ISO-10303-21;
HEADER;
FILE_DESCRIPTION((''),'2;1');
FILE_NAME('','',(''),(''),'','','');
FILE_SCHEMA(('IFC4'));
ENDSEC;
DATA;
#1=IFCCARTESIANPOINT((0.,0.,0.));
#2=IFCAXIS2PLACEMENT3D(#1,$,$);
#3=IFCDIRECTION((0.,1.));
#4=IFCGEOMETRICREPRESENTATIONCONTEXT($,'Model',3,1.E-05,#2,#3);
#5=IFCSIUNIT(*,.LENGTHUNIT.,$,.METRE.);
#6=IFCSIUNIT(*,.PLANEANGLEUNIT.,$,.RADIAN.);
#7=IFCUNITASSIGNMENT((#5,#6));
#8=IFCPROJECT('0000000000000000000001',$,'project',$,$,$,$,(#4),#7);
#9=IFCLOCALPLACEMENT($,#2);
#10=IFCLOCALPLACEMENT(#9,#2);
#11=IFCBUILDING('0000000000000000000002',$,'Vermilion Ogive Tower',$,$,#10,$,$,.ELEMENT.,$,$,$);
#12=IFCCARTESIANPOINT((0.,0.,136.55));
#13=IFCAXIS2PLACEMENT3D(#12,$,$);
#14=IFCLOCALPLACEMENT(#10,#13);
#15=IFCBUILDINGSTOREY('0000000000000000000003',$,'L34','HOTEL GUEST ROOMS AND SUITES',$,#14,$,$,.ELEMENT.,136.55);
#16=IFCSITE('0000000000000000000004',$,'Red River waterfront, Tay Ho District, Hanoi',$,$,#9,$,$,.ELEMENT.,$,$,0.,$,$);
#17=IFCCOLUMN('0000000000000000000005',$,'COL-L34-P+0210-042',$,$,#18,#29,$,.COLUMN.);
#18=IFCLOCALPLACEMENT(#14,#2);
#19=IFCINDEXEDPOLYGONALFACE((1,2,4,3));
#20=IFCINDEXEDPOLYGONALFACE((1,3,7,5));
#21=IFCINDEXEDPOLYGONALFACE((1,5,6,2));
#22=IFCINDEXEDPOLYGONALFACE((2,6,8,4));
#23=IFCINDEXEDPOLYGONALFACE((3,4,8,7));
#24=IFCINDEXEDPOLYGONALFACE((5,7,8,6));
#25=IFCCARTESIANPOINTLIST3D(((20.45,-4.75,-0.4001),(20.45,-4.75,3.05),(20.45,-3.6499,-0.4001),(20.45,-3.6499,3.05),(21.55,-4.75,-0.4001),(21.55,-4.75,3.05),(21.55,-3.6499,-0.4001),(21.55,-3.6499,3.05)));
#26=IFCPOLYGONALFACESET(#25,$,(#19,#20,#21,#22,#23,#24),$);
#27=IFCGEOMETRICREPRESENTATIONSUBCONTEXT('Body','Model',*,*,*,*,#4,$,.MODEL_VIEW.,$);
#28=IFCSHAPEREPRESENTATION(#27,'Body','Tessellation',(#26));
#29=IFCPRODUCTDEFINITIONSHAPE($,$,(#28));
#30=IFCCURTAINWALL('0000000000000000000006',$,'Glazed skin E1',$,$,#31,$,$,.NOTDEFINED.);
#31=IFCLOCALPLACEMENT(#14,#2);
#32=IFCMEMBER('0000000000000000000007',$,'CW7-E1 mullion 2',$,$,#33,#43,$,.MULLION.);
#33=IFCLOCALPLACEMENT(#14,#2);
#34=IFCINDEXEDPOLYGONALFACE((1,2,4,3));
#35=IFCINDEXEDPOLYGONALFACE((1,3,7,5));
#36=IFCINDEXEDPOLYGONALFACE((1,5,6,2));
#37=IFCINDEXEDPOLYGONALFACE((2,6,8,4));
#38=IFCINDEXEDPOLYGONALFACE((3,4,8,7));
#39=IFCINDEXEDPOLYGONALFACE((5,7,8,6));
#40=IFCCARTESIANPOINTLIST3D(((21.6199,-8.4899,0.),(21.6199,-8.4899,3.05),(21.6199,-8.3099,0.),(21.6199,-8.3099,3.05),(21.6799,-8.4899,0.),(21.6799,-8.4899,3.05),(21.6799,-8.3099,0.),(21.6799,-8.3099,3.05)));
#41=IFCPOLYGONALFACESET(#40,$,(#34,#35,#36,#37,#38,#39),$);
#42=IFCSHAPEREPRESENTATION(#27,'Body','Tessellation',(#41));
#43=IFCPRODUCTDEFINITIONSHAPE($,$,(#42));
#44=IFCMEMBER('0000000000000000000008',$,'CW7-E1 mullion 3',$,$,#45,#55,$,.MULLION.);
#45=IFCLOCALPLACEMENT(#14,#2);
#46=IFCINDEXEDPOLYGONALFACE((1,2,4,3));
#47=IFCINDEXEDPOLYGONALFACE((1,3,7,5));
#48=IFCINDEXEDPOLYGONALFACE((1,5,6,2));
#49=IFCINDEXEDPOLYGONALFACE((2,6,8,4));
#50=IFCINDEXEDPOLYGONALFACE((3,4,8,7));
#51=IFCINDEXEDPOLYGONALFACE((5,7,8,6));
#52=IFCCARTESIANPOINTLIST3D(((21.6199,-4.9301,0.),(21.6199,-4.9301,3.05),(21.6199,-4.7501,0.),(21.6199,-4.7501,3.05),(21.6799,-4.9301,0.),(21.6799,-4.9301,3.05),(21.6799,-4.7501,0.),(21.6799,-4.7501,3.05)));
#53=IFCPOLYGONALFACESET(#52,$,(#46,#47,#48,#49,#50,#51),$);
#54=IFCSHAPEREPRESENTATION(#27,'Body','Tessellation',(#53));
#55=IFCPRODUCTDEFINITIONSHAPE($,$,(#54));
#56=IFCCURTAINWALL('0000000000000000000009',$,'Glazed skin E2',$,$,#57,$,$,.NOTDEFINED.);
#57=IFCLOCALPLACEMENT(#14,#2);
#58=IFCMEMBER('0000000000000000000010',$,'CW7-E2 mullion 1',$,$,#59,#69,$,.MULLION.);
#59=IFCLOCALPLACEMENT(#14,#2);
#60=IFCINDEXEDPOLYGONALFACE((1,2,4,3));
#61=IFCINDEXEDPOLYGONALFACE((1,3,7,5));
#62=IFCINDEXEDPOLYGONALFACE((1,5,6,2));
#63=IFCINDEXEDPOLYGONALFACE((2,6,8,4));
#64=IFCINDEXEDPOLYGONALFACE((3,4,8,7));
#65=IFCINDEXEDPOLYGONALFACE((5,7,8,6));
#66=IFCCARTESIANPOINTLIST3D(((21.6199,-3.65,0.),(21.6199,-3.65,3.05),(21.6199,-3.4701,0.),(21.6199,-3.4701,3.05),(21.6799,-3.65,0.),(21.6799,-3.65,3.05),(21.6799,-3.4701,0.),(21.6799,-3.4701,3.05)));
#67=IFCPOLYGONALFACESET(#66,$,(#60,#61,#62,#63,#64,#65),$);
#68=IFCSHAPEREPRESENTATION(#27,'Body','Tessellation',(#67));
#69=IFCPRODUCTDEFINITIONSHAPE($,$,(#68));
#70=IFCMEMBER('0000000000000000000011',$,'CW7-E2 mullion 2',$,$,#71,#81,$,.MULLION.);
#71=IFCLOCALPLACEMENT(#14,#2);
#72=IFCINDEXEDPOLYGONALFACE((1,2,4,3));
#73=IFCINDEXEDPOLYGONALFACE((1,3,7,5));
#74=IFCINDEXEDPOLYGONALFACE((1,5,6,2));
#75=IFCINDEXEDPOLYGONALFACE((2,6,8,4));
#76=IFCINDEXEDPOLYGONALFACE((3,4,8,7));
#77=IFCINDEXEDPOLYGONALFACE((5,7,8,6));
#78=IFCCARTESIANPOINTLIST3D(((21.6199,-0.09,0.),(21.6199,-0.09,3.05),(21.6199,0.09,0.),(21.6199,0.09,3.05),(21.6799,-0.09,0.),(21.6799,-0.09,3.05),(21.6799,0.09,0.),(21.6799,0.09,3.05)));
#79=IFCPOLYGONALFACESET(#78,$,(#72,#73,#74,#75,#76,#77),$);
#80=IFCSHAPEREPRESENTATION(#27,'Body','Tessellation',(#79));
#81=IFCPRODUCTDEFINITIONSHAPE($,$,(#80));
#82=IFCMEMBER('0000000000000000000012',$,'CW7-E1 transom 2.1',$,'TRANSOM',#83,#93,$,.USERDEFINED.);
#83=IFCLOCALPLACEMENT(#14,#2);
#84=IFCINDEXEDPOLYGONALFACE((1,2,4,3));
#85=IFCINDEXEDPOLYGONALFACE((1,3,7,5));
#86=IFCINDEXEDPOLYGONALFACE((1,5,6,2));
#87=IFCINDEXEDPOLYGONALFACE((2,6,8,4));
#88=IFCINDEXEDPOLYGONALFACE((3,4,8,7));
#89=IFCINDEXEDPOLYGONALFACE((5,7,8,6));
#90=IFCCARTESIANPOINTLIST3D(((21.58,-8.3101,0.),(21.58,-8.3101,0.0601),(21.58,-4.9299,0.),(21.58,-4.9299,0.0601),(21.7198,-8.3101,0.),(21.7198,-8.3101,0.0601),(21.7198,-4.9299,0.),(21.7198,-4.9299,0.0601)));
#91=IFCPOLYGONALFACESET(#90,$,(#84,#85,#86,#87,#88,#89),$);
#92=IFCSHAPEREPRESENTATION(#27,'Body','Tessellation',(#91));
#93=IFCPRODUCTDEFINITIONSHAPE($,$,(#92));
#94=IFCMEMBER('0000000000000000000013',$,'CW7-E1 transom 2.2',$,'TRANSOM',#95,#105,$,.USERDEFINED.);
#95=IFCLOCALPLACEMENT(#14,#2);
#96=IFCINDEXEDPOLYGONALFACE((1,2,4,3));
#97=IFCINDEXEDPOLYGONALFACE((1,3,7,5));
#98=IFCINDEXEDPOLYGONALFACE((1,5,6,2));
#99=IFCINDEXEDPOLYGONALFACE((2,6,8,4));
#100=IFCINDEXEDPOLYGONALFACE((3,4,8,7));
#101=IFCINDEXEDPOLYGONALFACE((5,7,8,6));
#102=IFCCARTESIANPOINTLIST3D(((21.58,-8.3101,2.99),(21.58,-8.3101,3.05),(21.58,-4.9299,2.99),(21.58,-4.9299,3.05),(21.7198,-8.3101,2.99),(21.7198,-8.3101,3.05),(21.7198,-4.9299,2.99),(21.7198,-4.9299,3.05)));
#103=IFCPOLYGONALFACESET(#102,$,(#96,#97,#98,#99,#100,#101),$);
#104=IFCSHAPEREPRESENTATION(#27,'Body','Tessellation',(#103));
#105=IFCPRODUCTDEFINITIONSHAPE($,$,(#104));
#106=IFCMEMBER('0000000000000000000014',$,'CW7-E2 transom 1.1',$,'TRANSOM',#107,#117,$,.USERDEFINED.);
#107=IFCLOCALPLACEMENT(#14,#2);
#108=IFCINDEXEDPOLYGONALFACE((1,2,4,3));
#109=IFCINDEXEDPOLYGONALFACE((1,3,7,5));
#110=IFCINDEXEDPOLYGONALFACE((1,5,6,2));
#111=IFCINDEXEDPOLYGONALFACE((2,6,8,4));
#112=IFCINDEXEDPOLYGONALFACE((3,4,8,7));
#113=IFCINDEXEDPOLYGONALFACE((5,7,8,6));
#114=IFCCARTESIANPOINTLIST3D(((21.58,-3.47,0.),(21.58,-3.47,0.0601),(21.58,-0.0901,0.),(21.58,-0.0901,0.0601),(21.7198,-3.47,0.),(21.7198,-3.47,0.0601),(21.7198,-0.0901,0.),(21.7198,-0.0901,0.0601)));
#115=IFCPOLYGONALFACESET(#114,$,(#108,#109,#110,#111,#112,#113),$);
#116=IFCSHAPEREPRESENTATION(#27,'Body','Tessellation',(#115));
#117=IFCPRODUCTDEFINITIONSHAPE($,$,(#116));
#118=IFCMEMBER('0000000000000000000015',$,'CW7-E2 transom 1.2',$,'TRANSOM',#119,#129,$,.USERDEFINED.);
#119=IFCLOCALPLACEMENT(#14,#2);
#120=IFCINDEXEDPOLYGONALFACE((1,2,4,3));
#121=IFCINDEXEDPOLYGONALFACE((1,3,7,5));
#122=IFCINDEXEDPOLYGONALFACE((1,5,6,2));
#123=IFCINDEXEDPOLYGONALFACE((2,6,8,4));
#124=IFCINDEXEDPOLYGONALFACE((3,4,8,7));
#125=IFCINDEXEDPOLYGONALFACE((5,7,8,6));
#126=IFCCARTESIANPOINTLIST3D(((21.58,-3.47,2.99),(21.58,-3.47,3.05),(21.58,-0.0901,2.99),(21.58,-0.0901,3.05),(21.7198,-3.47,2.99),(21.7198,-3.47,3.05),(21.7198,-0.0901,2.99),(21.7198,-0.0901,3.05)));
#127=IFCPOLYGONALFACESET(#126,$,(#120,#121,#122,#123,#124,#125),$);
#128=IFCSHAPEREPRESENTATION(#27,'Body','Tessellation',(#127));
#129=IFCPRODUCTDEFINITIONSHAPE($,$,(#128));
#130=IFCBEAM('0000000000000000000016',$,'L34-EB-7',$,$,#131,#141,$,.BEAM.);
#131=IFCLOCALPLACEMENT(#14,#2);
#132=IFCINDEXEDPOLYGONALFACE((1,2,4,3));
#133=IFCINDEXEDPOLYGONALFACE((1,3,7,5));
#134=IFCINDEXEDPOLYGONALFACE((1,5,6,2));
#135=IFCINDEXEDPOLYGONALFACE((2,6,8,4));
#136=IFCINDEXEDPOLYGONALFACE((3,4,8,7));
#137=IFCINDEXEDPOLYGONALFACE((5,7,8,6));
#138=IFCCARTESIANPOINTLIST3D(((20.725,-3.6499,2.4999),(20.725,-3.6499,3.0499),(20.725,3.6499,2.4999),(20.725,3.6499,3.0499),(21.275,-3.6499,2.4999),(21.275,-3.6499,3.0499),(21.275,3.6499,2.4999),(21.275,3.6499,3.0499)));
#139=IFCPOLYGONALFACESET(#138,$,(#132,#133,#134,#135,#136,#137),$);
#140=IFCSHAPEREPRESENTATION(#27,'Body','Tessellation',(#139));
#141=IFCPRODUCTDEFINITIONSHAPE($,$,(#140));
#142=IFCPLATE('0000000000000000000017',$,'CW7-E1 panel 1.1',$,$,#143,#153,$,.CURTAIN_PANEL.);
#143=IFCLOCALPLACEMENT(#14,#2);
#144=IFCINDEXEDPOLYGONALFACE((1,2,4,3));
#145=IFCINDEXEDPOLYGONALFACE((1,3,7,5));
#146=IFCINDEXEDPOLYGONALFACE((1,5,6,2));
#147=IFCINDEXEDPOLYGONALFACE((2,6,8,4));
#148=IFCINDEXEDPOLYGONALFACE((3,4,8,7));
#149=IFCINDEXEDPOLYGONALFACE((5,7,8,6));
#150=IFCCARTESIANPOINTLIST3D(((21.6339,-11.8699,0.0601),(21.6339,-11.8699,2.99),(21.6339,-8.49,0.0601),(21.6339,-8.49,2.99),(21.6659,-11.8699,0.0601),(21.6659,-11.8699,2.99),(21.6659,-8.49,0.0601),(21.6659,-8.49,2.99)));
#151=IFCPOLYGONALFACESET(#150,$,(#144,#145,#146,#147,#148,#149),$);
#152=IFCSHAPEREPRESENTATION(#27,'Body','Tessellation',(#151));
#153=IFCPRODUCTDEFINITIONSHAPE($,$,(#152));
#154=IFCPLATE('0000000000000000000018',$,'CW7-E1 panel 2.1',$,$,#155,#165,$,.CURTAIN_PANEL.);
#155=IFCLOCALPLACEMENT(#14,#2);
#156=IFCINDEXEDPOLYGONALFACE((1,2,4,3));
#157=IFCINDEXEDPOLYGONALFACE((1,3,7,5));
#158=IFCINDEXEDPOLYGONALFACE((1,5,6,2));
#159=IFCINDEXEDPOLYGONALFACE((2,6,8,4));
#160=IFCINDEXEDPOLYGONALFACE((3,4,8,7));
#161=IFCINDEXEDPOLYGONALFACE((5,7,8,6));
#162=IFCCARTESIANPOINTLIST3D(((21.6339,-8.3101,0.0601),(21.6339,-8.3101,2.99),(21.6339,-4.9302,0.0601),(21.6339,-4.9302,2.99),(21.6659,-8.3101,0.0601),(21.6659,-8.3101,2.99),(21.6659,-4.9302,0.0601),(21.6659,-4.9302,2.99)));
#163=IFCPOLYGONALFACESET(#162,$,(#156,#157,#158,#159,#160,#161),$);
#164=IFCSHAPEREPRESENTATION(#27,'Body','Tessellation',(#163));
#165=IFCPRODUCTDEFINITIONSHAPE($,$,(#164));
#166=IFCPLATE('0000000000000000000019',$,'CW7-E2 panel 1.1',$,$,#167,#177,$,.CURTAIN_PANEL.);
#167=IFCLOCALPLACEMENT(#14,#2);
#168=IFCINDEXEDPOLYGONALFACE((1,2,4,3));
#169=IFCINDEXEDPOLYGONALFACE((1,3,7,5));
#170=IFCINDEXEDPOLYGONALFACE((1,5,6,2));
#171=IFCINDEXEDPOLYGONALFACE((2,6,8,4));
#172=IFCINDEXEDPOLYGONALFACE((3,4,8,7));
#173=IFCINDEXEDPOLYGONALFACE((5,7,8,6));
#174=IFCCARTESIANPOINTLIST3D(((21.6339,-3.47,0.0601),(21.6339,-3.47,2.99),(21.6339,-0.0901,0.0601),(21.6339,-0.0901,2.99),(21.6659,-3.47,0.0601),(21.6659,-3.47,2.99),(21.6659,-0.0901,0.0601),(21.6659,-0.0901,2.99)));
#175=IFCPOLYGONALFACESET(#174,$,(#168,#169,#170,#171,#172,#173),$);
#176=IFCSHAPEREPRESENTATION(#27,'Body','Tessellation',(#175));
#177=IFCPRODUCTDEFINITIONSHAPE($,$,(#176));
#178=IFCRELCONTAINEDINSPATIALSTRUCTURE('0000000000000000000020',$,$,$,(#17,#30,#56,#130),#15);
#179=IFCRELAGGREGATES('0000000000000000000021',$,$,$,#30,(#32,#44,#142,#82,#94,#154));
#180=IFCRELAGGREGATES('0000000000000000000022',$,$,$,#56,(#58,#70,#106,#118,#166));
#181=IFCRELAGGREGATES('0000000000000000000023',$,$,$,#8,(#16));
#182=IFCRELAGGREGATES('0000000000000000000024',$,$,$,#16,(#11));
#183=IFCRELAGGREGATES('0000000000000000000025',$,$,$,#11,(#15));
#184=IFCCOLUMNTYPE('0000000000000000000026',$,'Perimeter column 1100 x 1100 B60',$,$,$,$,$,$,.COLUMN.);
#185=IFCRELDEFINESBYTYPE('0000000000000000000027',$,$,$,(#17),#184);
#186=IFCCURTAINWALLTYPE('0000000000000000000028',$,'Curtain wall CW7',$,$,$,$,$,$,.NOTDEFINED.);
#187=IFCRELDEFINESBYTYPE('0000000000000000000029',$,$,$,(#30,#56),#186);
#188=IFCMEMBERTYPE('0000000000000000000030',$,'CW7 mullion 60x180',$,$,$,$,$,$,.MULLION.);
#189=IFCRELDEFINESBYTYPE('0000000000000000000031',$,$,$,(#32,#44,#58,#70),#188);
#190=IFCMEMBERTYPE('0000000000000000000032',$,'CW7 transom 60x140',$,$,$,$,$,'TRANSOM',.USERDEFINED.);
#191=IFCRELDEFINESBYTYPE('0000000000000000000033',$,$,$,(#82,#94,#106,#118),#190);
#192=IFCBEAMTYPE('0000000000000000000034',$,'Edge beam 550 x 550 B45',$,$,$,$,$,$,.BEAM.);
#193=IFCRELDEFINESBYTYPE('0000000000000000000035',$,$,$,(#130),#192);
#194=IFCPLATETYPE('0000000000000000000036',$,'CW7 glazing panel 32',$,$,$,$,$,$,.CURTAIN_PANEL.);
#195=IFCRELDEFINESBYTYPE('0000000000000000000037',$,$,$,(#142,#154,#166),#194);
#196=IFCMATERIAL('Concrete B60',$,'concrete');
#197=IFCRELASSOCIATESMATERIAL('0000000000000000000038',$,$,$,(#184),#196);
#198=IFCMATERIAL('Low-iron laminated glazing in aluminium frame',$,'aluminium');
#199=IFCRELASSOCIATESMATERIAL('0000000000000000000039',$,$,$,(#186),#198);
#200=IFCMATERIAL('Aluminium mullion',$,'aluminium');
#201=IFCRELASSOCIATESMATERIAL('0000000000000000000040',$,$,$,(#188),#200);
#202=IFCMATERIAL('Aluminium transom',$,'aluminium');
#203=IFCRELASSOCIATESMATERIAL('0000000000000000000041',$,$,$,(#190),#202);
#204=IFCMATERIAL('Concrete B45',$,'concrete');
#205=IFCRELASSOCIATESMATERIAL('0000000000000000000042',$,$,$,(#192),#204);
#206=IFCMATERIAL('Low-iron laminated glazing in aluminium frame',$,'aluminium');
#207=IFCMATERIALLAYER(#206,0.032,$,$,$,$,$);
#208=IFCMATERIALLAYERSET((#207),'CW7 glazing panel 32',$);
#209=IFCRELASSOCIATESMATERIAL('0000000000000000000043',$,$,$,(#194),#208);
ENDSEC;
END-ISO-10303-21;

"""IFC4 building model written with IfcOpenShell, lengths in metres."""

from ifc_helpers import new_model, si_unit, direction, frame, origin, origin_2d, place, context, subcontext, project, spatial, rectangle, extrude, material, layer, layer_set, material_profile, profile_set, type_object, element, aggregate, save


model = new_model("IFC4")

# Units and contexts
model_context = context("Model", 3, precision=1e-05, world=origin(), true_north=direction((0.0, 1.0)))
body_context = subcontext(model_context, "Body", "Model", "MODEL_VIEW")
ifc_project = project(units=[si_unit("LENGTHUNIT", "METRE"), si_unit("PLANEANGLEUNIT", "RADIAN")], contexts=[model_context])

# Site, building, storey
site_placement = place(None, origin())
site = spatial("IfcSite", under=ifc_project, at=site_placement, Name="Red River waterfront, Tay Ho District, Hanoi", CompositionType="ELEMENT", RefElevation=0.0)
building_placement = place(site_placement, origin())
building = spatial("IfcBuilding", under=site, at=building_placement, Name="Vermilion Ogive Tower", CompositionType="ELEMENT")
storey_placement = place(building_placement, frame((0.0, 0.0, 136.55)))
storey = spatial("IfcBuildingStorey", under=building, at=storey_placement, Name="L34", Description="HOTEL GUEST ROOMS AND SUITES", CompositionType="ELEMENT", Elevation=136.55)

# Column
ifc_material_1 = material(Name="Concrete B60", Category="concrete")
ifc_material_profile_1 = material_profile(ifc_material_1, rectangle(XDim=1.1001, YDim=1.1001, at=origin_2d()), Name="1100 x 1100")
ifc_profile_set_1 = profile_set([ifc_material_profile_1], Name="Concrete B60")
column_type = type_object("IfcColumnType", Name="Perimeter column 1100 x 1100 B60", PredefinedType="COLUMN", material=ifc_profile_set_1)
column_placement = place(storey_placement, frame((21.0, -4.2, -0.4001), z_axis=(0.0, 0.0, 1.0), x_axis=(1.0, 0.0, 0.0)))
element("IfcColumn", 1, at=column_placement, inside=storey, type_object=column_type, Name="COL-L34-P+0210-042", PredefinedType="COLUMN", context=body_context, shape_type="SweptSolid", body=[
    extrude(rectangle(XDim=1.1001, YDim=1.1001, at=origin_2d()), origin(), (0.0, 0.0, 1.0), 3.4502),
])

# Curtain walls, members
ifc_material_2 = material(Name="Low-iron laminated glazing in aluminium frame", Category="aluminium")
curtain_wall_type = type_object("IfcCurtainWallType", Name="Curtain wall CW7", PredefinedType="NOTDEFINED", material=ifc_material_2)
curtain_wall_1_placement = place(storey_placement, origin())
curtain_wall_1 = element("IfcCurtainWall", 2, at=curtain_wall_1_placement, inside=storey, type_object=curtain_wall_type, Name="Glazed skin E1", PredefinedType="NOTDEFINED")
ifc_material_3 = material(Name="Aluminium mullion", Category="aluminium")
ifc_material_profile_2 = material_profile(ifc_material_3, rectangle(XDim=0.0601, YDim=0.1799, at=origin_2d()), Name="AL 60x180")
ifc_profile_set_2 = profile_set([ifc_material_profile_2], Name="Aluminium mullion")
member_type_1 = type_object("IfcMemberType", Name="CW7 mullion 60x180", PredefinedType="MULLION", material=ifc_profile_set_2)
member_1_placement = place(storey_placement, frame((21.6499, -8.3999, 0.0), z_axis=(0.0, 0.0, 1.0), x_axis=(-1.0, 0.0, 0.0)))
member_1 = element("IfcMember", 3, at=member_1_placement, type_object=member_type_1, Name="CW7-E1 mullion 2", PredefinedType="MULLION", context=body_context, shape_type="SweptSolid", body=[
    extrude(rectangle(XDim=0.0601, YDim=0.1799, at=origin_2d()), origin(), (0.0, 0.0, 1.0), 3.05),
])
member_2_placement = place(storey_placement, frame((21.6499, -4.8401, 0.0), z_axis=(0.0, 0.0, 1.0), x_axis=(-1.0, 0.0, 0.0)))
member_2 = element("IfcMember", 4, at=member_2_placement, type_object=member_type_1, Name="CW7-E1 mullion 3", PredefinedType="MULLION", context=body_context, shape_type="SweptSolid", body=[
    extrude(rectangle(XDim=0.0601, YDim=0.1799, at=origin_2d()), origin(), (0.0, 0.0, 1.0), 3.05),
])
curtain_wall_2_placement = place(storey_placement, origin())
curtain_wall_2 = element("IfcCurtainWall", 5, at=curtain_wall_2_placement, inside=storey, type_object=curtain_wall_type, Name="Glazed skin E2", PredefinedType="NOTDEFINED")
member_3_placement = place(storey_placement, frame((21.6499, -3.5601, 0.0), z_axis=(0.0, 0.0, 1.0), x_axis=(-1.0, 0.0, 0.0)))
member_3 = element("IfcMember", 6, at=member_3_placement, type_object=member_type_1, Name="CW7-E2 mullion 1", PredefinedType="MULLION", context=body_context, shape_type="SweptSolid", body=[
    extrude(rectangle(XDim=0.0601, YDim=0.1799, at=origin_2d()), origin(), (0.0, 0.0, 1.0), 3.05),
])
member_4_placement = place(storey_placement, frame((21.6499, 0.0, 0.0), z_axis=(0.0, 0.0, 1.0), x_axis=(-1.0, 0.0, 0.0)))
member_4 = element("IfcMember", 7, at=member_4_placement, type_object=member_type_1, Name="CW7-E2 mullion 2", PredefinedType="MULLION", context=body_context, shape_type="SweptSolid", body=[
    extrude(rectangle(XDim=0.0601, YDim=0.1799, at=origin_2d()), origin(), (0.0, 0.0, 1.0), 3.05),
])

# Members
ifc_material_4 = material(Name="Aluminium transom", Category="aluminium")
ifc_material_profile_3 = material_profile(ifc_material_4, rectangle(XDim=0.1399, YDim=0.0601, at=origin_2d()), Name="AL 60x140")
ifc_profile_set_3 = profile_set([ifc_material_profile_3], Name="Aluminium transom")
member_type_2 = type_object("IfcMemberType", Name="CW7 transom 60x140", ElementType="TRANSOM", PredefinedType="USERDEFINED", material=ifc_profile_set_3)
member_5_placement = place(storey_placement, frame((21.6499, -8.3101, 0.03), z_axis=(0.0, 1.0, 0.0), x_axis=(-1.0, 0.0, 0.0)))
member_5 = element("IfcMember", 8, at=member_5_placement, type_object=member_type_2, Name="CW7-E1 transom 2.1", ObjectType="TRANSOM", PredefinedType="USERDEFINED", context=body_context, shape_type="SweptSolid", body=[
    extrude(rectangle(XDim=0.1399, YDim=0.0601, at=origin_2d()), origin(), (0.0, 0.0, 1.0), 3.3801),
])
member_6_placement = place(storey_placement, frame((21.6499, -8.3101, 3.02), z_axis=(0.0, 1.0, 0.0), x_axis=(-1.0, 0.0, 0.0)))
member_6 = element("IfcMember", 9, at=member_6_placement, type_object=member_type_2, Name="CW7-E1 transom 2.2", ObjectType="TRANSOM", PredefinedType="USERDEFINED", context=body_context, shape_type="SweptSolid", body=[
    extrude(rectangle(XDim=0.1399, YDim=0.0601, at=origin_2d()), origin(), (0.0, 0.0, 1.0), 3.3801),
])
member_7_placement = place(storey_placement, frame((21.6499, -3.47, 0.03), z_axis=(0.0, 1.0, 0.0), x_axis=(-1.0, 0.0, 0.0)))
member_7 = element("IfcMember", 10, at=member_7_placement, type_object=member_type_2, Name="CW7-E2 transom 1.1", ObjectType="TRANSOM", PredefinedType="USERDEFINED", context=body_context, shape_type="SweptSolid", body=[
    extrude(rectangle(XDim=0.1399, YDim=0.0601, at=origin_2d()), origin(), (0.0, 0.0, 1.0), 3.3799),
])
member_8_placement = place(storey_placement, frame((21.6499, -3.47, 3.02), z_axis=(0.0, 1.0, 0.0), x_axis=(-1.0, 0.0, 0.0)))
member_8 = element("IfcMember", 11, at=member_8_placement, type_object=member_type_2, Name="CW7-E2 transom 1.2", ObjectType="TRANSOM", PredefinedType="USERDEFINED", context=body_context, shape_type="SweptSolid", body=[
    extrude(rectangle(XDim=0.1399, YDim=0.0601, at=origin_2d()), origin(), (0.0, 0.0, 1.0), 3.3799),
])

# Beam
ifc_material_5 = material(Name="Concrete B45", Category="concrete")
ifc_material_profile_4 = material_profile(ifc_material_5, rectangle(XDim=0.55, YDim=0.55, at=origin_2d()), Name="550 x 550")
ifc_profile_set_4 = profile_set([ifc_material_profile_4], Name="Concrete B45")
beam_type = type_object("IfcBeamType", Name="Edge beam 550 x 550 B45", PredefinedType="BEAM", material=ifc_profile_set_4)
beam_placement = place(storey_placement, frame((21.0, -3.6499, 2.7749), z_axis=(0.0, 1.0, 0.0), x_axis=(-1.0, 0.0, 0.0)))
element("IfcBeam", 12, at=beam_placement, inside=storey, type_object=beam_type, Name="L34-EB-7", PredefinedType="BEAM", context=body_context, shape_type="SweptSolid", body=[
    extrude(rectangle(XDim=0.55, YDim=0.55, at=origin_2d()), origin(), (0.0, 0.0, 1.0), 7.2998),
])

# Plates
ifc_material_6 = material(Name="Low-iron laminated glazing in aluminium frame", Category="aluminium")
ifc_layer_1 = layer(ifc_material_6, 0.032)
ifc_layer_set_1 = layer_set([ifc_layer_1], Name="CW7 glazing panel 32")
plate_type = type_object("IfcPlateType", Name="CW7 glazing panel 32", PredefinedType="CURTAIN_PANEL", material=ifc_layer_set_1)
plate_1_placement = place(storey_placement, frame((21.6499, -10.1799, 0.0601), z_axis=(0.0, 0.0, 1.0), x_axis=(0.0, 1.0, 0.0)))
plate_1 = element("IfcPlate", 13, at=plate_1_placement, type_object=plate_type, Name="CW7-E1 panel 1.1", PredefinedType="CURTAIN_PANEL", context=body_context, shape_type="SweptSolid", body=[
    extrude(rectangle(XDim=3.3799, YDim=0.032, at=origin_2d()), origin(), (0.0, 0.0, 1.0), 2.9299),
])
plate_2_placement = place(storey_placement, frame((21.6499, -6.6201, 0.0601), z_axis=(0.0, 0.0, 1.0), x_axis=(0.0, 1.0, 0.0)))
plate_2 = element("IfcPlate", 14, at=plate_2_placement, type_object=plate_type, Name="CW7-E1 panel 2.1", PredefinedType="CURTAIN_PANEL", context=body_context, shape_type="SweptSolid", body=[
    extrude(rectangle(XDim=3.3799, YDim=0.032, at=origin_2d()), origin(), (0.0, 0.0, 1.0), 2.9299),
])
aggregate(curtain_wall_1, [member_1, member_2, plate_1, member_5, member_6, plate_2])
plate_3_placement = place(storey_placement, frame((21.6499, -1.78, 0.0601), z_axis=(0.0, 0.0, 1.0), x_axis=(0.0, 1.0, 0.0)))
plate_3 = element("IfcPlate", 15, at=plate_3_placement, type_object=plate_type, Name="CW7-E2 panel 1.1", PredefinedType="CURTAIN_PANEL", context=body_context, shape_type="SweptSolid", body=[
    extrude(rectangle(XDim=3.3799, YDim=0.032, at=origin_2d()), origin(), (0.0, 0.0, 1.0), 2.9299),
])
aggregate(curtain_wall_2, [member_3, member_4, member_7, member_8, plate_3])

save(model, "model.ifc")
